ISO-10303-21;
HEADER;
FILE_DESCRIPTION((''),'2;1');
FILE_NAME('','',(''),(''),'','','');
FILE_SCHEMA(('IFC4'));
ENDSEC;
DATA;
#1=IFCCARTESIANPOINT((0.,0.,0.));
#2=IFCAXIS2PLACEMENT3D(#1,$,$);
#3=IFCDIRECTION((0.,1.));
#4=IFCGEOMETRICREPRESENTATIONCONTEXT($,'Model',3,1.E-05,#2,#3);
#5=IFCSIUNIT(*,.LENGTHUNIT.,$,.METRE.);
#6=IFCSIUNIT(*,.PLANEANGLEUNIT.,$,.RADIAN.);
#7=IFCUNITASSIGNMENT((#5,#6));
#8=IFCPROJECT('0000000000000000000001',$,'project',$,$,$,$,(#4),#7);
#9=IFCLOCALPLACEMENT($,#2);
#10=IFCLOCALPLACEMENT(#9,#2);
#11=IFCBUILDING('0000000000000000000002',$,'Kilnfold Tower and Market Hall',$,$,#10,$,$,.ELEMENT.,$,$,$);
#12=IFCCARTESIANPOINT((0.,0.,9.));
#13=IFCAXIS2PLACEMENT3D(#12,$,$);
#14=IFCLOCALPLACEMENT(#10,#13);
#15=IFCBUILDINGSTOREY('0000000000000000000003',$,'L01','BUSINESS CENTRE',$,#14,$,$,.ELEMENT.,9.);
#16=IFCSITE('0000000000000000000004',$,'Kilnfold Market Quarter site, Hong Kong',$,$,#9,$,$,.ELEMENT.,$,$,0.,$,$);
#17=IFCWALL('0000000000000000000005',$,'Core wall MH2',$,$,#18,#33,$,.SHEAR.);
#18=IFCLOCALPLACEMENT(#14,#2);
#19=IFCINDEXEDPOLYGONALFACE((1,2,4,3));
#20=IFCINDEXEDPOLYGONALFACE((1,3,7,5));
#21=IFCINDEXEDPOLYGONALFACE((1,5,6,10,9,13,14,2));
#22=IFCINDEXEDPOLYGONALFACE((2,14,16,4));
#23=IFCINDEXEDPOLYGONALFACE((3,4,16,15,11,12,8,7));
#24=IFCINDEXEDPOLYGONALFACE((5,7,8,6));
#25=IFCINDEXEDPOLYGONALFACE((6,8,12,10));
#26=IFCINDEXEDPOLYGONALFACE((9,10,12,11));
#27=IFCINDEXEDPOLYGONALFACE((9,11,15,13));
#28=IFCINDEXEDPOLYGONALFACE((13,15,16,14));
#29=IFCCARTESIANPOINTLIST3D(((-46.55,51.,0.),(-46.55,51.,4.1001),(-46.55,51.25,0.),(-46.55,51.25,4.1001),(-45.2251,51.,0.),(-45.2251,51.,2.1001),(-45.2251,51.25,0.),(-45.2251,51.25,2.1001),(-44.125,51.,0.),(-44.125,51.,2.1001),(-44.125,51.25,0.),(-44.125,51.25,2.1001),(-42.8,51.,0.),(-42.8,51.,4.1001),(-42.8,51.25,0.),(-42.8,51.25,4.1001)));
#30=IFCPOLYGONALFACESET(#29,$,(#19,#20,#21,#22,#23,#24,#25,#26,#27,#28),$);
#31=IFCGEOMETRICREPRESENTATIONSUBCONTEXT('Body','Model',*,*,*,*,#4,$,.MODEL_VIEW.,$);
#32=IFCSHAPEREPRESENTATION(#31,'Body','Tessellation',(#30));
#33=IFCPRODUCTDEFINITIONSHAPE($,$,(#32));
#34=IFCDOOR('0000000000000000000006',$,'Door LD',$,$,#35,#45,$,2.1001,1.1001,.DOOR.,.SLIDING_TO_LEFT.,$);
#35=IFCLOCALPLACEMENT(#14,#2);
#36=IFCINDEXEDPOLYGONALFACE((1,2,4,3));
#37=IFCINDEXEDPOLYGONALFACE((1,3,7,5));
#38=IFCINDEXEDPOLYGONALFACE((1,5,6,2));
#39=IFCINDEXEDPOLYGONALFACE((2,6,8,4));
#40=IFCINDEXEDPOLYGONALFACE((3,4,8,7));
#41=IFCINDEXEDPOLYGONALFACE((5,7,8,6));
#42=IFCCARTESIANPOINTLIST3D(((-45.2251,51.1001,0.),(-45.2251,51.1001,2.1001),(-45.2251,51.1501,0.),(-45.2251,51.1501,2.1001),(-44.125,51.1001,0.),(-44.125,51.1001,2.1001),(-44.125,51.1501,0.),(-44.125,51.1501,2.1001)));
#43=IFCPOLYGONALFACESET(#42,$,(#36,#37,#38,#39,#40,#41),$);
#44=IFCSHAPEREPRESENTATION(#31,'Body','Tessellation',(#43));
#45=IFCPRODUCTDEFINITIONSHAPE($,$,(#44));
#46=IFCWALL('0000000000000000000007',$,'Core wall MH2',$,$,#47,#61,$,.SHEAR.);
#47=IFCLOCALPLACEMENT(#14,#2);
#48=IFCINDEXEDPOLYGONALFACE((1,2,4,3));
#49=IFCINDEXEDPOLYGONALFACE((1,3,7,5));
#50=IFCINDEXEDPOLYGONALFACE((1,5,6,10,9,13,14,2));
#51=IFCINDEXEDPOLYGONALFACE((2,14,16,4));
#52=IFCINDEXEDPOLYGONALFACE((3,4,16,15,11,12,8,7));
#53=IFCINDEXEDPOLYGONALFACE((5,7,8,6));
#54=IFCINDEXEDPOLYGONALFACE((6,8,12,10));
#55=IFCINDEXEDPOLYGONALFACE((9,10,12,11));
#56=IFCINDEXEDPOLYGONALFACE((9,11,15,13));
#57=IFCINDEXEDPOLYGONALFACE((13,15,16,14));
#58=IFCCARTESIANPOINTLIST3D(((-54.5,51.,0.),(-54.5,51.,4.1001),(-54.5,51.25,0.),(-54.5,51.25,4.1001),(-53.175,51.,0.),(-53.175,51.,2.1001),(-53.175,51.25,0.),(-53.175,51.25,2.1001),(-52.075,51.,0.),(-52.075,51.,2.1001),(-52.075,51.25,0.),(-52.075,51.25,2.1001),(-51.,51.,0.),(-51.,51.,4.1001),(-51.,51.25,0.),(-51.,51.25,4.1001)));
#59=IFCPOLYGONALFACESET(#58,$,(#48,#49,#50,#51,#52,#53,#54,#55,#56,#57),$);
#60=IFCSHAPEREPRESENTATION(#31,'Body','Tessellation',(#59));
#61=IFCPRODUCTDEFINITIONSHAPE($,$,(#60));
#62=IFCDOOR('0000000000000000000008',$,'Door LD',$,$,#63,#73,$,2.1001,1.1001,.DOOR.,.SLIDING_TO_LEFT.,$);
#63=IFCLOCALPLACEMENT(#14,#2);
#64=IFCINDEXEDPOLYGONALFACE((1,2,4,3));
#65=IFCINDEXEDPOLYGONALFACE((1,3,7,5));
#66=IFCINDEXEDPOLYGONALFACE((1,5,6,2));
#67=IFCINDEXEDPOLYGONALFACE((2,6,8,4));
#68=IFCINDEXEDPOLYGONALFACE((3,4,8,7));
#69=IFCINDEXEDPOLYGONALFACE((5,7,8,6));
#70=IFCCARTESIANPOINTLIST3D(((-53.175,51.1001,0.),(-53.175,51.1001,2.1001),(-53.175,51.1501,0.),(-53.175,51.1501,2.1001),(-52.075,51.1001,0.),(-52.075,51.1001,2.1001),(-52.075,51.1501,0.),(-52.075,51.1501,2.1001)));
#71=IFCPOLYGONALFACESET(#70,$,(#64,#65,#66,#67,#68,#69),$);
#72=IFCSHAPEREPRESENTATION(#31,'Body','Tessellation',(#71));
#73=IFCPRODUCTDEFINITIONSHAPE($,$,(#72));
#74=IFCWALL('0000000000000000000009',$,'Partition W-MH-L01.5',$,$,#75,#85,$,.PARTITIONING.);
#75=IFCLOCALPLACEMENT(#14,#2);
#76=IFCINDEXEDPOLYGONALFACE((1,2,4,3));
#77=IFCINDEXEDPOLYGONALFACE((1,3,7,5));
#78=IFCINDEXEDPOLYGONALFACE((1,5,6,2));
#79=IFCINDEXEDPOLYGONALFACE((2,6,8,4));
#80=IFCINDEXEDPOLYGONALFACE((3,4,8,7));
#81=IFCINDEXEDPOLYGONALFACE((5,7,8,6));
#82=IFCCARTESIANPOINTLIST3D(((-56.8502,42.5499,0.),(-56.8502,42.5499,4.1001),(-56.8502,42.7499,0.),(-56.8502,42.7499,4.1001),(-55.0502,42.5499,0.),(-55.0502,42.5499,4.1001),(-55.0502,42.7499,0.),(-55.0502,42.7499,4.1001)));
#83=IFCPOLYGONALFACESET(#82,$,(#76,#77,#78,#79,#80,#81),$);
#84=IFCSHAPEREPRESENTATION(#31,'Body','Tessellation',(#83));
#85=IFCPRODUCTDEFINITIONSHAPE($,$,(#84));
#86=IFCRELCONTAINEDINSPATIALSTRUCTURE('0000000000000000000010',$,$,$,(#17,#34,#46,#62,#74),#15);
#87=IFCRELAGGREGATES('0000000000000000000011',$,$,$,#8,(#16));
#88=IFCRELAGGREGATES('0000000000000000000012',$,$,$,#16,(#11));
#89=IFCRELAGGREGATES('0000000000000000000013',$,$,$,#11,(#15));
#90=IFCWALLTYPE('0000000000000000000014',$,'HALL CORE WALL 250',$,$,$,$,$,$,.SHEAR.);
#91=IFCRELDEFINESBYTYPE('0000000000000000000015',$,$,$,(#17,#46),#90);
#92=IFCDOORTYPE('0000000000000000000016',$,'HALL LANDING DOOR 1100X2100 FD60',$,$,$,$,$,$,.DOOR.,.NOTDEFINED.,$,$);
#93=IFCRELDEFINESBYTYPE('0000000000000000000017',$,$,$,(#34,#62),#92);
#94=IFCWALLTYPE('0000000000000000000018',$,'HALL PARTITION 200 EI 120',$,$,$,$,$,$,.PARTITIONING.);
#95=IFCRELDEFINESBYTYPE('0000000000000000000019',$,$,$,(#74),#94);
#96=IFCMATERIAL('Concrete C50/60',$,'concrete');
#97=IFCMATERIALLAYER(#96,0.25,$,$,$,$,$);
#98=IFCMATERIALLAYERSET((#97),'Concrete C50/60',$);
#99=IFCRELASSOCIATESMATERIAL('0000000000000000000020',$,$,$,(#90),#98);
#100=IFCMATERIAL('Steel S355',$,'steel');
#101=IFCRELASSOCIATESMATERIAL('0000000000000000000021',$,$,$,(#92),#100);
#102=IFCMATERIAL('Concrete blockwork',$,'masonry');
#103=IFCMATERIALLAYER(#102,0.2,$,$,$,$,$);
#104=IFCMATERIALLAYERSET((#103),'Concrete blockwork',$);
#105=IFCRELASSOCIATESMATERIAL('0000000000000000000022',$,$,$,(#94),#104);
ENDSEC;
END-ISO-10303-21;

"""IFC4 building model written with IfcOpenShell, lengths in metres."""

from ifc_helpers import new_model, si_unit, direction, frame, frame_2d, origin, place, context, subcontext, project, spatial, rectangle, extrude, source, transform, mapped, material, layer, layer_set, type_object, element, fill, save


model = new_model("IFC4")

# Units and contexts
model_context = context("Model", 3, precision=1e-05, world=origin(), true_north=direction((0.0, 1.0)))
body_context = subcontext(model_context, "Body", "Model", "MODEL_VIEW")
ifc_project = project(units=[si_unit("LENGTHUNIT", "METRE"), si_unit("PLANEANGLEUNIT", "RADIAN")], contexts=[model_context])

# Site, building, storey
site_placement = place(None, origin())
site = spatial("IfcSite", under=ifc_project, at=site_placement, Name="Kilnfold Market Quarter site, Hong Kong", CompositionType="ELEMENT", RefElevation=0.0)
building_placement = place(site_placement, origin())
building = spatial("IfcBuilding", under=site, at=building_placement, Name="Kilnfold Tower and Market Hall", CompositionType="ELEMENT")
storey_placement = place(building_placement, frame((0.0, 0.0, 9.0)))
storey = spatial("IfcBuildingStorey", under=building, at=storey_placement, Name="L01", Description="BUSINESS CENTRE", CompositionType="ELEMENT", Elevation=9.0)

# Shared definitions
ifc_material_1 = material(Name="Concrete C50/60", Category="concrete")
ifc_layer_1 = layer(ifc_material_1, 0.25)
ifc_layer_set_1 = layer_set([ifc_layer_1], Name="Concrete C50/60")
wall_type_1 = type_object("IfcWallType", Name="HALL CORE WALL 250", PredefinedType="SHEAR", material=ifc_layer_set_1)

# Walls, openings, doors
shared_shape_1 = source(origin(), body_context, "Body", "SweptSolid", [
    extrude(rectangle(XDim=3.75, YDim=0.25, at=frame_2d((1.875, 0.0))), origin(), (0.0, 0.0, 1.0), 4.1001),
])
wall_1_placement = place(storey_placement, frame((-42.8, 51.125, 0.0), z_axis=(0.0, 0.0, 1.0), x_axis=(-1.0, 0.0, 0.0)))
wall_1 = element("IfcWall", 1, at=wall_1_placement, inside=storey, type_object=wall_type_1, Name="Core wall MH2", PredefinedType="SHEAR", context=body_context, shape_type="MappedRepresentation", body=[
    mapped(shared_shape_1, transform((0.0, 0.0, 0.0))),
])
opening_1_placement = place(wall_1_placement, frame((1.325, 0.0, 0.0)))
opening_1 = element("IfcOpeningElement", 2, at=opening_1_placement, cuts=wall_1, PredefinedType="OPENING", context=body_context, shape_type="SweptSolid", body=[
    extrude(rectangle(XDim=1.1001, YDim=2.1001, at=frame_2d((0.55, 1.05))), frame((0.0, 0.135, 0.0), z_axis=(0.0, -1.0, 0.0), x_axis=(1.0, 0.0, 0.0)), (0.0, 0.0, 1.0), 0.27),
])
ifc_material_2 = material(Name="Steel S355", Category="steel")
door_type_1 = type_object("IfcDoorType", Name="HALL LANDING DOOR 1100X2100 FD60", OperationType="NOTDEFINED", PredefinedType="DOOR", material=ifc_material_2)
door_1_placement = place(opening_1_placement, origin())
door_1 = element("IfcDoor", 3, at=door_1_placement, inside=storey, type_object=door_type_1, Name="Door LD", OperationType="SLIDING_TO_LEFT", OverallHeight=2.1001, OverallWidth=1.1001, PredefinedType="DOOR", context=body_context, shape_type="SweptSolid", body=[
    extrude(rectangle(XDim=1.1001, YDim=2.1001, at=frame_2d((0.55, 1.05))), frame((0.0, 0.0249, 0.0), z_axis=(0.0, -1.0, 0.0), x_axis=(1.0, 0.0, 0.0)), (0.0, 0.0, 1.0), 0.05),
])
fill(opening_1, door_1)
shared_shape_2 = source(origin(), body_context, "Body", "SweptSolid", [
    extrude(rectangle(XDim=3.5, YDim=0.25, at=frame_2d((1.75, 0.0))), origin(), (0.0, 0.0, 1.0), 4.1001),
])
wall_2_placement = place(storey_placement, frame((-51.0, 51.125, 0.0), z_axis=(0.0, 0.0, 1.0), x_axis=(-1.0, 0.0, 0.0)))
wall_2 = element("IfcWall", 4, at=wall_2_placement, inside=storey, type_object=wall_type_1, Name="Core wall MH2", PredefinedType="SHEAR", context=body_context, shape_type="MappedRepresentation", body=[
    mapped(shared_shape_2, transform((0.0, 0.0, 0.0))),
])
opening_2_placement = place(wall_2_placement, frame((1.075, 0.0, 0.0)))
opening_2 = element("IfcOpeningElement", 5, at=opening_2_placement, cuts=wall_2, PredefinedType="OPENING", context=body_context, shape_type="SweptSolid", body=[
    extrude(rectangle(XDim=1.1001, YDim=2.1001, at=frame_2d((0.55, 1.05))), frame((0.0, 0.135, 0.0), z_axis=(0.0, -1.0, 0.0), x_axis=(1.0, 0.0, 0.0)), (0.0, 0.0, 1.0), 0.27),
])
door_2_placement = place(opening_2_placement, origin())
door_2 = element("IfcDoor", 6, at=door_2_placement, inside=storey, type_object=door_type_1, Name="Door LD", OperationType="SLIDING_TO_LEFT", OverallHeight=2.1001, OverallWidth=1.1001, PredefinedType="DOOR", context=body_context, shape_type="SweptSolid", body=[
    extrude(rectangle(XDim=1.1001, YDim=2.1001, at=frame_2d((0.55, 1.05))), frame((0.0, 0.0249, 0.0), z_axis=(0.0, -1.0, 0.0), x_axis=(1.0, 0.0, 0.0)), (0.0, 0.0, 1.0), 0.05),
])
fill(opening_2, door_2)

# Wall
ifc_material_3 = material(Name="Concrete blockwork", Category="masonry")
ifc_layer_2 = layer(ifc_material_3, 0.2)
ifc_layer_set_2 = layer_set([ifc_layer_2], Name="Concrete blockwork")
wall_type_2 = type_object("IfcWallType", Name="HALL PARTITION 200 EI 120", PredefinedType="PARTITIONING", material=ifc_layer_set_2)
shared_shape_3 = source(origin(), body_context, "Body", "SweptSolid", [
    extrude(rectangle(XDim=1.8, YDim=0.2, at=frame_2d((0.8999, 0.0))), origin(), (0.0, 0.0, 1.0), 4.1001),
])
wall_3_placement = place(storey_placement, frame((-56.8501, 42.6499, 0.0), z_axis=(0.0, 0.0, 1.0), x_axis=(1.0, 0.0, 0.0)))
element("IfcWall", 7, at=wall_3_placement, inside=storey, type_object=wall_type_2, Name="Partition W-MH-L01.5", PredefinedType="PARTITIONING", context=body_context, shape_type="MappedRepresentation", body=[
    mapped(shared_shape_3, transform((0.0, 0.0, 0.0))),
])

save(model, "model.ifc")
